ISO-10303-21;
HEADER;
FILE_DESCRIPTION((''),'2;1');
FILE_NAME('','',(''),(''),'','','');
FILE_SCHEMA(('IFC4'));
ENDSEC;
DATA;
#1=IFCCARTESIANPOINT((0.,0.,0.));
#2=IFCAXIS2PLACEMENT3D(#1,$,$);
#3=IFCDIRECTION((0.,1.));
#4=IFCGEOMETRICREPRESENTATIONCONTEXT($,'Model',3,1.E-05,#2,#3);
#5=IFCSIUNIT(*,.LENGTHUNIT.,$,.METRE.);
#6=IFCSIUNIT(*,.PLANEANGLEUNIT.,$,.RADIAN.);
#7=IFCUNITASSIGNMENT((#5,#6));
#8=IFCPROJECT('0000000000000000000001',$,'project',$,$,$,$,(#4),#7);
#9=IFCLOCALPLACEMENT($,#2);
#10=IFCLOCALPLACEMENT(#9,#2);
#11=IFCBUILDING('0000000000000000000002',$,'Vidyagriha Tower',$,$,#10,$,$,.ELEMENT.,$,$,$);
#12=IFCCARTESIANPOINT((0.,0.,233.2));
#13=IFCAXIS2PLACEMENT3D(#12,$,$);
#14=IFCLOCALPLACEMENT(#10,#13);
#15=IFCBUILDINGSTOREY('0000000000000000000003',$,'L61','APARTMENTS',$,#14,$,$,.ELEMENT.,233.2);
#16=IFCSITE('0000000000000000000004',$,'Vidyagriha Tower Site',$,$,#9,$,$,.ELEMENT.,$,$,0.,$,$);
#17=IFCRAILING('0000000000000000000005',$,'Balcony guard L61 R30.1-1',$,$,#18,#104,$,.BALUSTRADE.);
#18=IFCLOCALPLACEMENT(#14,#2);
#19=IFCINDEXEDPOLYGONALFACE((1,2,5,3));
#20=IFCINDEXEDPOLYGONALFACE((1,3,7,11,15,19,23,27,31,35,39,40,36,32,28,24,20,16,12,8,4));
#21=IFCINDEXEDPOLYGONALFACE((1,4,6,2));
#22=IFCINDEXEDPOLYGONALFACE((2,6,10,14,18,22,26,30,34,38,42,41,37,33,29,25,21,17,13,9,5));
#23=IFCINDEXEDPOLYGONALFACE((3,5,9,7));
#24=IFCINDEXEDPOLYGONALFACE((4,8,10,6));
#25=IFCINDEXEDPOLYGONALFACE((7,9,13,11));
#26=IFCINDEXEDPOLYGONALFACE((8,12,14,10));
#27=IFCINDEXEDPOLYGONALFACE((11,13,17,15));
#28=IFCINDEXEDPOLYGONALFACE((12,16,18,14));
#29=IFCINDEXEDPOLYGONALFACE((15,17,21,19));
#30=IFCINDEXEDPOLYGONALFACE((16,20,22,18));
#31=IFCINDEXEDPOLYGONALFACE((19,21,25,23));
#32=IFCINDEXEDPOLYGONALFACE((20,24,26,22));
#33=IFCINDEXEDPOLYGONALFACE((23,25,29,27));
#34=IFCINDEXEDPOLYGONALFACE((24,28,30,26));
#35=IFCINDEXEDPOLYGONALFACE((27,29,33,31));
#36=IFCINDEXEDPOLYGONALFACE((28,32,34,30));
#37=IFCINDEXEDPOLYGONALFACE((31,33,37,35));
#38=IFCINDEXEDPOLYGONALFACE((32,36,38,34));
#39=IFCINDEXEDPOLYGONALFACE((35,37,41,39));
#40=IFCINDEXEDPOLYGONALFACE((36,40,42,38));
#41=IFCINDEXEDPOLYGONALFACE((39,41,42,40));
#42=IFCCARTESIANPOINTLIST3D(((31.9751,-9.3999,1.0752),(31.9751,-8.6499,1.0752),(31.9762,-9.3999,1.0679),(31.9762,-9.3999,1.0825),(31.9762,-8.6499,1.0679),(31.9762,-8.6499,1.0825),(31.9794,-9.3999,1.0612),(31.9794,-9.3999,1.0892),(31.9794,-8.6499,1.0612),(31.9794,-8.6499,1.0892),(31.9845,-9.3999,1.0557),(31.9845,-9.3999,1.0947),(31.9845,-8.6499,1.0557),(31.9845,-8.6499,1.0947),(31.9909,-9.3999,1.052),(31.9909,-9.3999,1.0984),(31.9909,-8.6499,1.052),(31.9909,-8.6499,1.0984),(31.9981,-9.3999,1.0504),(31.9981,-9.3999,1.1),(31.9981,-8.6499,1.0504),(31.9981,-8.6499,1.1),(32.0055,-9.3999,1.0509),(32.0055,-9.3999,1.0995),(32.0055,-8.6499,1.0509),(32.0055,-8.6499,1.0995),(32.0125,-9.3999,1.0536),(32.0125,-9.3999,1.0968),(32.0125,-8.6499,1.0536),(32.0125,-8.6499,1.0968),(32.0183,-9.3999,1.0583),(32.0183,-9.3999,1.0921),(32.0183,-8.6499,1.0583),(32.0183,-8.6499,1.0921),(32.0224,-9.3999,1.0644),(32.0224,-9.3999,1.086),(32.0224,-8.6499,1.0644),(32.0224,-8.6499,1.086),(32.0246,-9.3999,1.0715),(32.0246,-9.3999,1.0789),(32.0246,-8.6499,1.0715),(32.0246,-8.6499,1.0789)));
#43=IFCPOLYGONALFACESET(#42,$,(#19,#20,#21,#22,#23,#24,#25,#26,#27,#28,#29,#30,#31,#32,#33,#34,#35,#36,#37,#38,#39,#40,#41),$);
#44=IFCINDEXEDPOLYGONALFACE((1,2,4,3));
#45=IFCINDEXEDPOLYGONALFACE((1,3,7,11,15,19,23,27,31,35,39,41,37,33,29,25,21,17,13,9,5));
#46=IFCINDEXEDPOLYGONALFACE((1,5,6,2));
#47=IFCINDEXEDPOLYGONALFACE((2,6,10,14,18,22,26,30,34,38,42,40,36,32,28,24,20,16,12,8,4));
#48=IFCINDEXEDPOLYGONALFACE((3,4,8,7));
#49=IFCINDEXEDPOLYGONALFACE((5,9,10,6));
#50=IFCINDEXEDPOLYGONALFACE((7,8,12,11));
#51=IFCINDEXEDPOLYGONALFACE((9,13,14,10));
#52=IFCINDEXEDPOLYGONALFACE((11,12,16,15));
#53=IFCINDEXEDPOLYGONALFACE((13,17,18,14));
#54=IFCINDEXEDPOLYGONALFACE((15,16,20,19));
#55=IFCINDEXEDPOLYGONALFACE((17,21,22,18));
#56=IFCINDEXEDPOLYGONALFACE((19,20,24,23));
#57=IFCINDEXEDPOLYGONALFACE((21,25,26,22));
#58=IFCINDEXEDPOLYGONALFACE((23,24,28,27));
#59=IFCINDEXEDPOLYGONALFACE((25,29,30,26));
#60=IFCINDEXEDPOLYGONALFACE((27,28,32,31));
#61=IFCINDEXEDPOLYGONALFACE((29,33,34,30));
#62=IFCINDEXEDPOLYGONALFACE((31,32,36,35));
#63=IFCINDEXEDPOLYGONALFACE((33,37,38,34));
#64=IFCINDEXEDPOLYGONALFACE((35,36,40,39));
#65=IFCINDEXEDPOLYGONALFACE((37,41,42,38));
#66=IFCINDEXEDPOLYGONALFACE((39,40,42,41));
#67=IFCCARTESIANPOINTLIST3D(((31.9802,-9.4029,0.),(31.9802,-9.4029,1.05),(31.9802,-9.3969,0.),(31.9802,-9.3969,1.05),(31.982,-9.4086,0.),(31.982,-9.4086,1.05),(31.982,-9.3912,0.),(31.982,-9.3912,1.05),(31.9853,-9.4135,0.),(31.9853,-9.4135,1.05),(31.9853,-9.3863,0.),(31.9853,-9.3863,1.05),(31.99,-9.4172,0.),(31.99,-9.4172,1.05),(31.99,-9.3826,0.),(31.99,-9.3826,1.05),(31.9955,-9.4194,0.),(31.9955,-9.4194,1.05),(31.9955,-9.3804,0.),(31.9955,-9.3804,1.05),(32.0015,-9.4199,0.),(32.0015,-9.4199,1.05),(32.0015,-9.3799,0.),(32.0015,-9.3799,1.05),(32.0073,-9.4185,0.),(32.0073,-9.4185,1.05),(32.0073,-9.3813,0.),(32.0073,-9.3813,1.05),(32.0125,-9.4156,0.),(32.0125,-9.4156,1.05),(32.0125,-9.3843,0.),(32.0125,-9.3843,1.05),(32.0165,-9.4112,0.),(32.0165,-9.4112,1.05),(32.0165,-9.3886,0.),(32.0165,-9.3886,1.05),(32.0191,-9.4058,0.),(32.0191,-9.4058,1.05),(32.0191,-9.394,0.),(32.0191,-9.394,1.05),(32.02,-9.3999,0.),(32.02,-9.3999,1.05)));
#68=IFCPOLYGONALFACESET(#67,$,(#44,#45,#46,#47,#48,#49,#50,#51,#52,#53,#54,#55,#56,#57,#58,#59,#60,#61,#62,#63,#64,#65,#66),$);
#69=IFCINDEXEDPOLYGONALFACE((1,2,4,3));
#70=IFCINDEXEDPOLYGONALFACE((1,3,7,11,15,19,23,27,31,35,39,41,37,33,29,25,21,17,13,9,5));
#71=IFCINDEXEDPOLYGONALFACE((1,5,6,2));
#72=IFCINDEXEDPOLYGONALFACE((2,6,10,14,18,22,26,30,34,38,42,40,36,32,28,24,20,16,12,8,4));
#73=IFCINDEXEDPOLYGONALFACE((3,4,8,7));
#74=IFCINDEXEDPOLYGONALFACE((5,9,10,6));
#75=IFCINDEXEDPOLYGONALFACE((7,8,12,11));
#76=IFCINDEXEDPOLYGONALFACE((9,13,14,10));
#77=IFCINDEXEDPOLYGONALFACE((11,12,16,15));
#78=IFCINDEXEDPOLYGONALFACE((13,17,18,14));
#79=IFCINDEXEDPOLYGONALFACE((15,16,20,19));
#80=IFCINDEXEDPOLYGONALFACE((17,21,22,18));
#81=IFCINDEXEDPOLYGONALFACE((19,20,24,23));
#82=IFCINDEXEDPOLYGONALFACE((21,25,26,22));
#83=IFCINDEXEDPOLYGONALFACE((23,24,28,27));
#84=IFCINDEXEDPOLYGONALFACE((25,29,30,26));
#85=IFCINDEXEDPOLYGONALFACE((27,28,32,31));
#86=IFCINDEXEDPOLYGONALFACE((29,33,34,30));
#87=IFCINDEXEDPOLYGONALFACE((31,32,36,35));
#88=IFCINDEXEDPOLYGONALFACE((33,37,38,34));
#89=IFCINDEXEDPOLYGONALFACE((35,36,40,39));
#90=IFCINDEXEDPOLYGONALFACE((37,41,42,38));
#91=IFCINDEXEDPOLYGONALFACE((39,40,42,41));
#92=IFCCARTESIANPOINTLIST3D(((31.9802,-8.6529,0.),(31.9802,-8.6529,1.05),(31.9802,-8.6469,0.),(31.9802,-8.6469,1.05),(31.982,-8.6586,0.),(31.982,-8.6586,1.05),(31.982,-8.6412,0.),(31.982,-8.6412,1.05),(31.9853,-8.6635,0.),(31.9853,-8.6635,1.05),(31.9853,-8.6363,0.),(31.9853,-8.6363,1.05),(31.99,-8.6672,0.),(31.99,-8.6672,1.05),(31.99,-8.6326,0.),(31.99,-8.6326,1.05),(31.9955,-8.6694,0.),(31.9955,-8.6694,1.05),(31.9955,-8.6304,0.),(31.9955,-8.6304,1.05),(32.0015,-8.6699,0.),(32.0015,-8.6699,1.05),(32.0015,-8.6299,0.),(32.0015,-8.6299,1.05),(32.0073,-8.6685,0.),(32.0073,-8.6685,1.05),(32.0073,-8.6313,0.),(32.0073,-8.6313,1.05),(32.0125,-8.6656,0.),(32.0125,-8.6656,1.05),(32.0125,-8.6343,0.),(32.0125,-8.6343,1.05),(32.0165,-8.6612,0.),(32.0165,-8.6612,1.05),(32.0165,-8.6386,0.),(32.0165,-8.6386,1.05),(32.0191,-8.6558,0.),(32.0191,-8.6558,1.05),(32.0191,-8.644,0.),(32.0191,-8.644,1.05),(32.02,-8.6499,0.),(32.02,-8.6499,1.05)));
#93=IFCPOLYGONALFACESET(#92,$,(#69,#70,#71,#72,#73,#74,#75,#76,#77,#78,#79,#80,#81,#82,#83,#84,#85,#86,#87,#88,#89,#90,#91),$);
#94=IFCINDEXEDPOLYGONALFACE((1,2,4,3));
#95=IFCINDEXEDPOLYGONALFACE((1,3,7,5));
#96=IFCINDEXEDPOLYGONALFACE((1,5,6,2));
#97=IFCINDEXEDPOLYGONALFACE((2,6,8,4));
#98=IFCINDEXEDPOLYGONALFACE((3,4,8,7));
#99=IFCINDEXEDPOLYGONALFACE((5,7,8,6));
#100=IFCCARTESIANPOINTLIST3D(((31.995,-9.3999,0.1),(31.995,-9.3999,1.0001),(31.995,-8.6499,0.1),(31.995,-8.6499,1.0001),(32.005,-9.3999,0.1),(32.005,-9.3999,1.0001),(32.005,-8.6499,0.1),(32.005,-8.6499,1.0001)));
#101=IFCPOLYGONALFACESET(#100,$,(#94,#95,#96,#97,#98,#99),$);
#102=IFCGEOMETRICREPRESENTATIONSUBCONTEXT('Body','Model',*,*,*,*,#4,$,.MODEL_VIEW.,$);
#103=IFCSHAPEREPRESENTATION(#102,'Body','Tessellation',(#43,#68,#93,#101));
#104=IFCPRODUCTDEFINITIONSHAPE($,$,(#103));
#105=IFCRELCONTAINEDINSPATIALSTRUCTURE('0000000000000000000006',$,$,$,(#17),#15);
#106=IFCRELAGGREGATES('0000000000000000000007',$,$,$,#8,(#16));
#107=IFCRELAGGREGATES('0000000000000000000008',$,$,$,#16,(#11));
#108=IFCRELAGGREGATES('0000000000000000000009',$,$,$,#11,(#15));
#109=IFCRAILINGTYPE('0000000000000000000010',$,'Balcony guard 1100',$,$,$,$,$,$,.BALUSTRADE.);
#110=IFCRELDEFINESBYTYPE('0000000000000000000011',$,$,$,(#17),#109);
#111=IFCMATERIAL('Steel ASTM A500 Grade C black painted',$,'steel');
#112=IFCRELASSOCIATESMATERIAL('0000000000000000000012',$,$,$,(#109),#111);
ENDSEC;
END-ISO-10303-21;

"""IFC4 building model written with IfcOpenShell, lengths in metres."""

from ifc_helpers import new_model, si_unit, direction, frame, origin, origin_2d, place, context, subcontext, project, spatial, rectangle, circle, extrude, material, type_object, element, save


model = new_model("IFC4")

# Units and contexts
model_context = context("Model", 3, precision=1e-05, world=origin(), true_north=direction((0.0, 1.0)))
body_context = subcontext(model_context, "Body", "Model", "MODEL_VIEW")
ifc_project = project(units=[si_unit("LENGTHUNIT", "METRE"), si_unit("PLANEANGLEUNIT", "RADIAN")], contexts=[model_context])

# Site, building, storey
site_placement = place(None, origin())
site = spatial("IfcSite", under=ifc_project, at=site_placement, Name="Vidyagriha Tower Site", CompositionType="ELEMENT", RefElevation=0.0)
building_placement = place(site_placement, origin())
building = spatial("IfcBuilding", under=site, at=building_placement, Name="Vidyagriha Tower", CompositionType="ELEMENT")
storey_placement = place(building_placement, frame((0.0, 0.0, 233.2)))
storey = spatial("IfcBuildingStorey", under=building, at=storey_placement, Name="L61", Description="APARTMENTS", CompositionType="ELEMENT", Elevation=233.2)

# Railing
ifc_material_1 = material(Name="Steel ASTM A500 Grade C black painted", Category="steel")
railing_type_1 = type_object("IfcRailingType", Name="Balcony guard 1100", PredefinedType="BALUSTRADE", material=ifc_material_1)
railing_1_placement = place(storey_placement, frame((32.0, -9.3999, 0.0)))
element("IfcRailing", 1, at=railing_1_placement, inside=storey, type_object=railing_type_1, Name="Balcony guard L61 R30.1-1", PredefinedType="BALUSTRADE", context=body_context, shape_type="SweptSolid", body=[
    extrude(circle(Radius=0.0249, at=origin_2d()), frame((0.0, 0.0, 1.0752), z_axis=(0.0, 1.0, 0.0), x_axis=(-1.0, 0.0, 0.0)), (0.0, 0.0, 1.0), 0.75),
    extrude(circle(Radius=0.02, at=origin_2d()), origin(), (0.0, 0.0, 1.0), 1.05),
    extrude(circle(Radius=0.02, at=origin_2d()), frame((0.0, 0.75, 0.0)), (0.0, 0.0, 1.0), 1.05),
    extrude(rectangle(XDim=0.01, YDim=0.9001, at=origin_2d()), frame((0.0, 0.0, 0.55), z_axis=(0.0, 1.0, 0.0), x_axis=(-1.0, 0.0, 0.0)), (0.0, 0.0, 1.0), 0.75),
])

save(model, "model.ifc")
